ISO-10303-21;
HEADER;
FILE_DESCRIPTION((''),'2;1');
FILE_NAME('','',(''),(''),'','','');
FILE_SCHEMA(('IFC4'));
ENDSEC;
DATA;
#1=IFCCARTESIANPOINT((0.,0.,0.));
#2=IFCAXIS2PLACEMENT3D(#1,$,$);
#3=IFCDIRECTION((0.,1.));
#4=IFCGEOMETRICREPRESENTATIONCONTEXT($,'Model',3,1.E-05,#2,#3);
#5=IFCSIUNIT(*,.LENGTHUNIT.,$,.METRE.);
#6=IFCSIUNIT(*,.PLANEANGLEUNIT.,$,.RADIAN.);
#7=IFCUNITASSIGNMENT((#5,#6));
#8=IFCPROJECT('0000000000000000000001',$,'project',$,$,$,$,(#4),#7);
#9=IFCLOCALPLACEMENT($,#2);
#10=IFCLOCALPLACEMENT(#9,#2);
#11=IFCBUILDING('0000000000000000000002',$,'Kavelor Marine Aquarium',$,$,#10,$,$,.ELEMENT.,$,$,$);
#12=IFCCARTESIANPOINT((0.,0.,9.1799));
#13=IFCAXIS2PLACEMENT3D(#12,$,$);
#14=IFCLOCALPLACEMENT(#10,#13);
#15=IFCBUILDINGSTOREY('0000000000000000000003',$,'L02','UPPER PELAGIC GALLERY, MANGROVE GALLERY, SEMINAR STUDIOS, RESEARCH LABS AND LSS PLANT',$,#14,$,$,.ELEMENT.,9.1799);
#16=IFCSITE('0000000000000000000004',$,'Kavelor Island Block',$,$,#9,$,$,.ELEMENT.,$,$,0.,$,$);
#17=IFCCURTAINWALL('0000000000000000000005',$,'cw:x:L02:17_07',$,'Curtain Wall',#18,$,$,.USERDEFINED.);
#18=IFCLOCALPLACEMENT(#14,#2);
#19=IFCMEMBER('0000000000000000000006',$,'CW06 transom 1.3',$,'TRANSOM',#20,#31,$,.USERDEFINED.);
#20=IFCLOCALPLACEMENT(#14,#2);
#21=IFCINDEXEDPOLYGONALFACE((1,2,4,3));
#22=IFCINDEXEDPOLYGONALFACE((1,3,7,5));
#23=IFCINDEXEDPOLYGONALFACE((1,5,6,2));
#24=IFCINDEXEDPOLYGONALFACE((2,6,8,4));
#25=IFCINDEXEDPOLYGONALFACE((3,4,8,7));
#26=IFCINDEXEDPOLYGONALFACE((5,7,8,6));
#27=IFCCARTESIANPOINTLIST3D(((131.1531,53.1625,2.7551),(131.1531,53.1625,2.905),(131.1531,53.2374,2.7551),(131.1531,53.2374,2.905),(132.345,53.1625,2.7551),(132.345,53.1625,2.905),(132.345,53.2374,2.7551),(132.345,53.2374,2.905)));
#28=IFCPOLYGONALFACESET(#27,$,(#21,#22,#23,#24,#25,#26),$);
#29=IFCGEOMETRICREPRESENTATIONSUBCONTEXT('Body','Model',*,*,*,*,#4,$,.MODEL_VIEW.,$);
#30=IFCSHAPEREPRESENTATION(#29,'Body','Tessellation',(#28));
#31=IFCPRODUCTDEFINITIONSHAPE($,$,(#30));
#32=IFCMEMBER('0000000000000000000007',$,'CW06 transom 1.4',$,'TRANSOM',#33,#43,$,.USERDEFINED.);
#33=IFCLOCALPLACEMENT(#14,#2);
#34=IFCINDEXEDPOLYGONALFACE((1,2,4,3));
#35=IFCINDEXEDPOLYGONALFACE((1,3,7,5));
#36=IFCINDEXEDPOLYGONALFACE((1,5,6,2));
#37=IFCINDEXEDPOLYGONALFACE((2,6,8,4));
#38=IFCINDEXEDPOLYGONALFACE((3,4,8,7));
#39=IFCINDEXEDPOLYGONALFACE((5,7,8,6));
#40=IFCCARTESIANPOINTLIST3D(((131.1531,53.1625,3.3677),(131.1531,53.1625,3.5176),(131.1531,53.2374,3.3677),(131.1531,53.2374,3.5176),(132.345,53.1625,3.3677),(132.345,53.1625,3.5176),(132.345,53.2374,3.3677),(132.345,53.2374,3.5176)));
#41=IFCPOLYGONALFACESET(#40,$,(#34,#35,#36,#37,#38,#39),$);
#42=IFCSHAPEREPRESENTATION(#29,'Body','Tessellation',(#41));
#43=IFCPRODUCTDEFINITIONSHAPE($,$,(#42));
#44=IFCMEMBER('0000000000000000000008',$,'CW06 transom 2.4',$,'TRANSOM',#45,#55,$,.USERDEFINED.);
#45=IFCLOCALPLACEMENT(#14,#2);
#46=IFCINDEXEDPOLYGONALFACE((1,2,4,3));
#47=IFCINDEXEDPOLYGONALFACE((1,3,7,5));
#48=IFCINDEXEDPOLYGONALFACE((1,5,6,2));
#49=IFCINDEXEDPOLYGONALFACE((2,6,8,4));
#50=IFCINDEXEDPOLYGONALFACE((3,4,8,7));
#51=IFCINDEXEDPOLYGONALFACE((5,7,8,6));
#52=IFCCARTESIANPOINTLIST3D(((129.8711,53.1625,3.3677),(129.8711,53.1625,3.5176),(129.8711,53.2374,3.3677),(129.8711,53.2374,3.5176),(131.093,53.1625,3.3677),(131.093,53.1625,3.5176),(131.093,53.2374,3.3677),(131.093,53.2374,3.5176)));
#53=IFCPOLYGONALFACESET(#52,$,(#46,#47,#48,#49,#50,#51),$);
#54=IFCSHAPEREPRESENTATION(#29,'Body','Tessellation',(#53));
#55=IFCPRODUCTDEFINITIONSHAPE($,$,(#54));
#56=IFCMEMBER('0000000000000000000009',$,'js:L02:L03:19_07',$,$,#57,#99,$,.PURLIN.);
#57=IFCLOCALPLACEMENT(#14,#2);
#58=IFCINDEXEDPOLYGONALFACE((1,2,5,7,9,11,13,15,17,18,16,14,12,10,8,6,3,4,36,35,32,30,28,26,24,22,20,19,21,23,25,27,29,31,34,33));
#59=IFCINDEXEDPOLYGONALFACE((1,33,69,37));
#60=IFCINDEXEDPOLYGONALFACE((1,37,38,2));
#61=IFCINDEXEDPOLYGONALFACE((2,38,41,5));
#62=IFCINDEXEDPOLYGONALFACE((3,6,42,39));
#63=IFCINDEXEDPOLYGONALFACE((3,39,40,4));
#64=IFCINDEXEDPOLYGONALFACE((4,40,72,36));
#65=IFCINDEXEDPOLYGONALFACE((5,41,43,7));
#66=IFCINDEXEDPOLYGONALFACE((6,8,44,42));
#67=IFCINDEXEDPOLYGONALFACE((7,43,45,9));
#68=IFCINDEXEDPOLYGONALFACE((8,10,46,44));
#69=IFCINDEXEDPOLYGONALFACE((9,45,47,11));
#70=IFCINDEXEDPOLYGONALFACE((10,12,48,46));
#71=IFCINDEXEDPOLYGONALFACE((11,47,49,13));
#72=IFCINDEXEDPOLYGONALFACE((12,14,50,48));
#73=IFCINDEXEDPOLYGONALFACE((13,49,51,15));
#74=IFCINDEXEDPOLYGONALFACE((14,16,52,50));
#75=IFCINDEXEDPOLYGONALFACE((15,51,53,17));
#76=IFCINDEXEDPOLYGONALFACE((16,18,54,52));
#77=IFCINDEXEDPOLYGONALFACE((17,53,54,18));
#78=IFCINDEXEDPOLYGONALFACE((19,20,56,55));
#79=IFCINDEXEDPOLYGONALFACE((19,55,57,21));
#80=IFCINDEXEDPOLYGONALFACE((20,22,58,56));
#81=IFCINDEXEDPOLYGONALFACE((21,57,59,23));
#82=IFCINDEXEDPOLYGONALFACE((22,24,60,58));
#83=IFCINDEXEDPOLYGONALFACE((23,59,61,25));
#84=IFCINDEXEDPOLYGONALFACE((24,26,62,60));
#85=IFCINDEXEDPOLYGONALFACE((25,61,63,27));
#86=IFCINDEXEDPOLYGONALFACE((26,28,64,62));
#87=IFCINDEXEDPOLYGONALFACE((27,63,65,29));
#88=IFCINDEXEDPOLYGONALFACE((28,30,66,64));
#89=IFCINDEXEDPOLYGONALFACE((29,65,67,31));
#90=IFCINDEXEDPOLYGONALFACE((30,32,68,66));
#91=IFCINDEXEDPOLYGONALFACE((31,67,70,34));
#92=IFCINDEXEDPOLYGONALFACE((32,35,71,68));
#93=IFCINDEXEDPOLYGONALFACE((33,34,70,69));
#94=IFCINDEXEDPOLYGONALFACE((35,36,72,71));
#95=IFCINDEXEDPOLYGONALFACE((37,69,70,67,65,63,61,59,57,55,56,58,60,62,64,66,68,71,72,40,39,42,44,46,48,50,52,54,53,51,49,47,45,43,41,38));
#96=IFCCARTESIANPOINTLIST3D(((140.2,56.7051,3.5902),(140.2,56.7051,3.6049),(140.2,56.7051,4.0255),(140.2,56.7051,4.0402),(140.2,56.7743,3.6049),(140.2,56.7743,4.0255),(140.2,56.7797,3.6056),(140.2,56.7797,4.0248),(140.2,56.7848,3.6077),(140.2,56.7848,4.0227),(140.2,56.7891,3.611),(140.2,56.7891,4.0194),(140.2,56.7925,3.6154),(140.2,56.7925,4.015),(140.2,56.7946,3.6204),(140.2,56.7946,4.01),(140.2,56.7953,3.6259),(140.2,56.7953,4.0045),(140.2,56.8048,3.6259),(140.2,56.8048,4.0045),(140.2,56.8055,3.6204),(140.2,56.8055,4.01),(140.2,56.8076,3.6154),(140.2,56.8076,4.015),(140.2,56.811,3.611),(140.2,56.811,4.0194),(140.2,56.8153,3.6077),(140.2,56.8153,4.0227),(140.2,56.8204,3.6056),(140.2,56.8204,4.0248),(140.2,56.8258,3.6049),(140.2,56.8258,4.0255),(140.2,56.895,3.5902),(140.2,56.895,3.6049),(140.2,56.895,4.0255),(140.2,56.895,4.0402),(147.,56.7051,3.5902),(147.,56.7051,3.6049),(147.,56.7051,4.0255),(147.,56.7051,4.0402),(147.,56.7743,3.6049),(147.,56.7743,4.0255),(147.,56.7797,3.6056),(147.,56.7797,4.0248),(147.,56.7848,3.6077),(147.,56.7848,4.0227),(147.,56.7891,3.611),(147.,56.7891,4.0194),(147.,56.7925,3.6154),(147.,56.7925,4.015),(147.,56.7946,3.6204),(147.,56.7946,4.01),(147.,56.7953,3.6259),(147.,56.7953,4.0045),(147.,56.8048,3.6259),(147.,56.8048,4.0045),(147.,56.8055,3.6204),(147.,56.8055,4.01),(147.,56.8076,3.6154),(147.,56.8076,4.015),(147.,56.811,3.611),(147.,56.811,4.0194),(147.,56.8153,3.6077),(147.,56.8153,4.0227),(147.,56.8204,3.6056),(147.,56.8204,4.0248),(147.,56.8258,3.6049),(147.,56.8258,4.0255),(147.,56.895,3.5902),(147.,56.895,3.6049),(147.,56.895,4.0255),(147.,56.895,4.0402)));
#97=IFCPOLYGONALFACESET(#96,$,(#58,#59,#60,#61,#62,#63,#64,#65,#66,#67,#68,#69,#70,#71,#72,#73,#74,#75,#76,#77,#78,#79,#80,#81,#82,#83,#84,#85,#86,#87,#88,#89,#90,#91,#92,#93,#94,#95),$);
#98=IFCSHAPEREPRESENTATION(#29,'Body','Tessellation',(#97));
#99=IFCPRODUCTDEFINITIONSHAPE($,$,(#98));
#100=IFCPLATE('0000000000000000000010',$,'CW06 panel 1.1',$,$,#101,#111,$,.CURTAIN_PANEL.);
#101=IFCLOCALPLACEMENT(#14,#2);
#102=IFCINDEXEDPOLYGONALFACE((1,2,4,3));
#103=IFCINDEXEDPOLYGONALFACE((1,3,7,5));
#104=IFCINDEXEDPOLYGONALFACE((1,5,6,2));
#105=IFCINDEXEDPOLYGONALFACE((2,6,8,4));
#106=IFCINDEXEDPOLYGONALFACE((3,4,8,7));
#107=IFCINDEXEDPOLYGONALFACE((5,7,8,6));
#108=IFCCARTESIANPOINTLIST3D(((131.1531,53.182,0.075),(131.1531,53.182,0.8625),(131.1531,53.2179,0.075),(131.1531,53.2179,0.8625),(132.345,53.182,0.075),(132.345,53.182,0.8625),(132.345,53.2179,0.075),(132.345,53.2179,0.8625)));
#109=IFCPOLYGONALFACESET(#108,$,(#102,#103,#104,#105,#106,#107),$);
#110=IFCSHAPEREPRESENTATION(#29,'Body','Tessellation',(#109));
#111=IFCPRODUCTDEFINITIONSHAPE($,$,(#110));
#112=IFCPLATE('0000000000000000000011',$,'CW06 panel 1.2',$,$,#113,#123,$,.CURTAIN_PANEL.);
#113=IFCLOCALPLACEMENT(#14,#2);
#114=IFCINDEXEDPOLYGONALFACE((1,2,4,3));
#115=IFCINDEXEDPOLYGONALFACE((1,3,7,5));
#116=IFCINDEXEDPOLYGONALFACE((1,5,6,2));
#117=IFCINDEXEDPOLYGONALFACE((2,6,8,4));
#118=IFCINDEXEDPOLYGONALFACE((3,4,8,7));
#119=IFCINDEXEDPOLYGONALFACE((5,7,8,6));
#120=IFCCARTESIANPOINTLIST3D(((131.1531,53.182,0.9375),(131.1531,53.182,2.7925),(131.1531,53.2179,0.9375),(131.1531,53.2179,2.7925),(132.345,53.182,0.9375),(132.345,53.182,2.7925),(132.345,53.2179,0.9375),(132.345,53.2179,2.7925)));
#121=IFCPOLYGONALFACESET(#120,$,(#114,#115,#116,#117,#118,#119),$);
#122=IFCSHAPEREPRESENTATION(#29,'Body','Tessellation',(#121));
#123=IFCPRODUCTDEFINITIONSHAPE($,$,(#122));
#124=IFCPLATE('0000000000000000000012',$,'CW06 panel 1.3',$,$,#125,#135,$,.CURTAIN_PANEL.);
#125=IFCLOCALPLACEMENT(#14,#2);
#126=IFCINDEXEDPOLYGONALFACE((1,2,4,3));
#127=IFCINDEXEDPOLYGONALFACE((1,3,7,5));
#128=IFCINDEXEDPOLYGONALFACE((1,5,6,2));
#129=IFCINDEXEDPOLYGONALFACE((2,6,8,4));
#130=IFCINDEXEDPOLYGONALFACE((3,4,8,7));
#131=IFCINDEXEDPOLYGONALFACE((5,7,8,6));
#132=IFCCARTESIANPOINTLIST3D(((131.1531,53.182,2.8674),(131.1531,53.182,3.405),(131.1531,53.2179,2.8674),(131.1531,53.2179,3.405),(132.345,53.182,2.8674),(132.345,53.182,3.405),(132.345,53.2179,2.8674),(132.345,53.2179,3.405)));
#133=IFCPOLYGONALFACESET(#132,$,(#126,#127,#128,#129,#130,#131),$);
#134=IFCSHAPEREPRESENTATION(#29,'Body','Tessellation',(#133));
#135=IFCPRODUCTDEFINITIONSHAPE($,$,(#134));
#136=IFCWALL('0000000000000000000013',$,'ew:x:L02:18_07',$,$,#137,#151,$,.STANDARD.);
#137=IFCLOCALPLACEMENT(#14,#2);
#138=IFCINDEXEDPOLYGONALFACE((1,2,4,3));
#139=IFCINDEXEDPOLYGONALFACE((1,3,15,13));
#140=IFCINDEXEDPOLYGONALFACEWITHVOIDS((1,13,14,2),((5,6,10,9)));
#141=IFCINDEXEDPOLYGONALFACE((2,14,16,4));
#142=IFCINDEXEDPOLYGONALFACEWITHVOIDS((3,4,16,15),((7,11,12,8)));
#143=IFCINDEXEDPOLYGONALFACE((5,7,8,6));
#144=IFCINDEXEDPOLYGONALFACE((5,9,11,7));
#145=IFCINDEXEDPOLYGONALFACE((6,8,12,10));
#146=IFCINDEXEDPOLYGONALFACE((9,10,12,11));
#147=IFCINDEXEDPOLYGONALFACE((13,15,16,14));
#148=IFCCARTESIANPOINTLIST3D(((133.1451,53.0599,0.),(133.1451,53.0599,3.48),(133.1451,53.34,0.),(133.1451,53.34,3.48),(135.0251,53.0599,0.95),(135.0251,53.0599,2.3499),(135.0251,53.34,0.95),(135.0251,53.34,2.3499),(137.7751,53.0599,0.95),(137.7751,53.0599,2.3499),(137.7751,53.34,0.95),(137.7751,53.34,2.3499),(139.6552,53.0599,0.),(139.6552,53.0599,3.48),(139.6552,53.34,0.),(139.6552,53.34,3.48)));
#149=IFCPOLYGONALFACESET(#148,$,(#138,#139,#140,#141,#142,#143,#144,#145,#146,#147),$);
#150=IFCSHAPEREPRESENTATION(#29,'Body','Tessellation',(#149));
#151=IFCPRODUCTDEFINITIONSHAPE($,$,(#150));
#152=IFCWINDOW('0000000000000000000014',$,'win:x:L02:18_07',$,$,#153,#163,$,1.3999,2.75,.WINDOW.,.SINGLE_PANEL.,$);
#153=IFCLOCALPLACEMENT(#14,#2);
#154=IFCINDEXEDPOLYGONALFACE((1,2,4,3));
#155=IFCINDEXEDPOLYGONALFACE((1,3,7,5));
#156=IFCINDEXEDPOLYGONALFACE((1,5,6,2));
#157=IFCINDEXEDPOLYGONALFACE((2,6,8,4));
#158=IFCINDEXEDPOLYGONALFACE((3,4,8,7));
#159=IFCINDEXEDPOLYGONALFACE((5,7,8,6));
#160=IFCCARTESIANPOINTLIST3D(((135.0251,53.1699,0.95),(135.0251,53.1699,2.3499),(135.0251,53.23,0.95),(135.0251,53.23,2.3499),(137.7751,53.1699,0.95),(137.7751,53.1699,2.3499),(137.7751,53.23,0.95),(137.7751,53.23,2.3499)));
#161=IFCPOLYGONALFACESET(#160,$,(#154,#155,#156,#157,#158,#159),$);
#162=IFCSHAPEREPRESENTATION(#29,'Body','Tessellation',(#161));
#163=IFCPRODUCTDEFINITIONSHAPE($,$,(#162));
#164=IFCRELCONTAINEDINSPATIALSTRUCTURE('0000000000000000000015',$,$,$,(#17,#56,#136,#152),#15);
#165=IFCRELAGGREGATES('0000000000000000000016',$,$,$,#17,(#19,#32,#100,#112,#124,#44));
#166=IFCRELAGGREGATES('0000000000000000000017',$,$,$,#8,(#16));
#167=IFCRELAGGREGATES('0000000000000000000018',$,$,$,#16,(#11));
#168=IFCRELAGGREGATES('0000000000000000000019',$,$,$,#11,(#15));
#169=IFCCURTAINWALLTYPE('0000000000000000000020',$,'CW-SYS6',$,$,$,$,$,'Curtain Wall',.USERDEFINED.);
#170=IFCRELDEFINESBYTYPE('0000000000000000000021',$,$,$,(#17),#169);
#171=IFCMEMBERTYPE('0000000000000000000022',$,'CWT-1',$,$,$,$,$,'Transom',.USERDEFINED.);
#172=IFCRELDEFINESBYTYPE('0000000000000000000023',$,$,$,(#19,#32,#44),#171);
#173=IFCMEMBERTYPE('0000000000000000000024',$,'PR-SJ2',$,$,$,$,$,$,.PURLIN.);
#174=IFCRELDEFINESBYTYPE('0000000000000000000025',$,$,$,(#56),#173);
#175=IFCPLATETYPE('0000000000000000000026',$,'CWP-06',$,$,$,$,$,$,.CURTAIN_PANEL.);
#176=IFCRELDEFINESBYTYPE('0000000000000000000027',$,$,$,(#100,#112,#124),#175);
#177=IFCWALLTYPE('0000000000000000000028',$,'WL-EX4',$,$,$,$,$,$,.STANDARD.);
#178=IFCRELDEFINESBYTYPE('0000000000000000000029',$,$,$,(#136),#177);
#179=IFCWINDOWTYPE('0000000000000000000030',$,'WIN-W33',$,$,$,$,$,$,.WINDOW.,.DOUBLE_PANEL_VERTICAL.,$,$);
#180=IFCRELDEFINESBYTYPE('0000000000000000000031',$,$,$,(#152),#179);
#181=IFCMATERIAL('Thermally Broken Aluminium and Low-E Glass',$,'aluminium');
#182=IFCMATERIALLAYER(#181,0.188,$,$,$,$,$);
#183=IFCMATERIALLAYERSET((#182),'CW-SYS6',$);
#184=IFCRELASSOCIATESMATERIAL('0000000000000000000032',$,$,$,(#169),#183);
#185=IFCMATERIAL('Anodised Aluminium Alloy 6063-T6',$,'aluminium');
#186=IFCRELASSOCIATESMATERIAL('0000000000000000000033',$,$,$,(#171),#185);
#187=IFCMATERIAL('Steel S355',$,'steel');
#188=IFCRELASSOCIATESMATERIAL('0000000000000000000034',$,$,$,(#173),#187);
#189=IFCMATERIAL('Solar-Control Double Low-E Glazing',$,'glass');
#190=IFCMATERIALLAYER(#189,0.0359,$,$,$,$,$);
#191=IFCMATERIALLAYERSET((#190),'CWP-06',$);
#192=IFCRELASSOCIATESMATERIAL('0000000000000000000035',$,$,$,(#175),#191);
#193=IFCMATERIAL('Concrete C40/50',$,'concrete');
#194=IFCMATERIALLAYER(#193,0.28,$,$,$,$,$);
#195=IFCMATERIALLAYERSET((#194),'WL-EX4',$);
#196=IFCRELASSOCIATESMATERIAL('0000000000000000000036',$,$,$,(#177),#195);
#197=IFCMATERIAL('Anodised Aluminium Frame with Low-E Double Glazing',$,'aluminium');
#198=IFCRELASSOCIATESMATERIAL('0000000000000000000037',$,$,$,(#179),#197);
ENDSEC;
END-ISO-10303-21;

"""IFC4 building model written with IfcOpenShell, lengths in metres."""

from ifc_helpers import new_model, si_unit, direction, frame, frame_2d, origin, origin_2d, place, context, subcontext, project, spatial, rectangle, i_section, extrude, material, layer, layer_set, material_profile, profile_set, type_object, element, fill, aggregate, save


model = new_model("IFC4")

# Units and contexts
model_context = context("Model", 3, precision=1e-05, world=origin(), true_north=direction((0.0, 1.0)))
body_context = subcontext(model_context, "Body", "Model", "MODEL_VIEW")
ifc_project = project(units=[si_unit("LENGTHUNIT", "METRE"), si_unit("PLANEANGLEUNIT", "RADIAN")], contexts=[model_context])

# Site, building, storey
site_placement = place(None, origin())
site = spatial("IfcSite", under=ifc_project, at=site_placement, Name="Kavelor Island Block", CompositionType="ELEMENT", RefElevation=0.0)
building_placement = place(site_placement, origin())
building = spatial("IfcBuilding", under=site, at=building_placement, Name="Kavelor Marine Aquarium", CompositionType="ELEMENT")
storey_placement = place(building_placement, frame((0.0, 0.0, 9.1799)))
storey = spatial("IfcBuildingStorey", under=building, at=storey_placement, Name="L02", Description="UPPER PELAGIC GALLERY, MANGROVE GALLERY, SEMINAR STUDIOS, RESEARCH LABS AND LSS PLANT", CompositionType="ELEMENT", Elevation=9.1799)

# Curtain wall, members
ifc_material_1 = material(Name="Thermally Broken Aluminium and Low-E Glass", Category="aluminium")
ifc_layer_1 = layer(ifc_material_1, 0.188)
ifc_layer_set_1 = layer_set([ifc_layer_1], Name="CW-SYS6")
curtain_wall_type_1 = type_object("IfcCurtainWallType", Name="CW-SYS6", ElementType="Curtain Wall", PredefinedType="USERDEFINED", material=ifc_layer_set_1)
curtain_wall_1_placement = place(storey_placement, origin())
curtain_wall_1 = element("IfcCurtainWall", 1, at=curtain_wall_1_placement, inside=storey, type_object=curtain_wall_type_1, Name="cw:x:L02:17_07", ObjectType="Curtain Wall", PredefinedType="USERDEFINED")
ifc_material_2 = material(Name="Anodised Aluminium Alloy 6063-T6", Category="aluminium")
ifc_material_profile_1 = material_profile(ifc_material_2, rectangle(XDim=0.075, YDim=0.1499, at=origin_2d()), Name="CW-TRN 75x150")
ifc_profile_set_1 = profile_set([ifc_material_profile_1], Name="Anodised Aluminium Alloy 6063-T6")
member_type_1 = type_object("IfcMemberType", Name="CWT-1", ElementType="Transom", PredefinedType="USERDEFINED", material=ifc_profile_set_1)
member_1_placement = place(storey_placement, frame((132.345, 53.2, 2.8301), z_axis=(-1.0, 0.0, 0.0), x_axis=(0.0, -1.0, 0.0)))
member_1 = element("IfcMember", 2, at=member_1_placement, type_object=member_type_1, Name="CW06 transom 1.3", ObjectType="TRANSOM", PredefinedType="USERDEFINED", context=body_context, shape_type="SweptSolid", body=[
    extrude(rectangle(XDim=0.075, YDim=0.1499, at=origin_2d()), origin(), (0.0, 0.0, 1.0), 1.1919),
])
member_2_placement = place(storey_placement, frame((132.345, 53.2, 3.4426), z_axis=(-1.0, 0.0, 0.0), x_axis=(0.0, -1.0, 0.0)))
member_2 = element("IfcMember", 3, at=member_2_placement, type_object=member_type_1, Name="CW06 transom 1.4", ObjectType="TRANSOM", PredefinedType="USERDEFINED", context=body_context, shape_type="SweptSolid", body=[
    extrude(rectangle(XDim=0.075, YDim=0.1499, at=origin_2d()), origin(), (0.0, 0.0, 1.0), 1.1919),
])
member_3_placement = place(storey_placement, frame((131.093, 53.2, 3.4426), z_axis=(-1.0, 0.0, 0.0), x_axis=(0.0, -1.0, 0.0)))
member_3 = element("IfcMember", 4, at=member_3_placement, type_object=member_type_1, Name="CW06 transom 2.4", ObjectType="TRANSOM", PredefinedType="USERDEFINED", context=body_context, shape_type="SweptSolid", body=[
    extrude(rectangle(XDim=0.075, YDim=0.1499, at=origin_2d()), origin(), (0.0, 0.0, 1.0), 1.2219),
])

# Member
ifc_material_3 = material(Name="Steel S355", Category="steel")
ifc_material_profile_2 = material_profile(ifc_material_3, i_section(OverallWidth=0.1899, OverallDepth=0.45, WebThickness=0.0095, FlangeThickness=0.0146, FilletRadius=0.021, at=origin_2d()), Name="IPE 450")
ifc_profile_set_2 = profile_set([ifc_material_profile_2], Name="Steel S355")
member_type_2 = type_object("IfcMemberType", Name="PR-SJ2", PredefinedType="PURLIN", material=ifc_profile_set_2)
member_4_placement = place(storey_placement, frame((140.2, 56.8, 3.8152), z_axis=(1.0, 0.0, 0.0), x_axis=(0.0, 1.0, 0.0)))
element("IfcMember", 5, at=member_4_placement, inside=storey, type_object=member_type_2, Name="js:L02:L03:19_07", PredefinedType="PURLIN", context=body_context, shape_type="SweptSolid", body=[
    extrude(i_section(OverallWidth=0.1899, OverallDepth=0.45, WebThickness=0.0095, FlangeThickness=0.0146, FilletRadius=0.021, at=origin_2d()), origin(), (0.0, 0.0, 1.0), 6.8),
])

# Plates
ifc_material_4 = material(Name="Solar-Control Double Low-E Glazing", Category="glass")
ifc_layer_2 = layer(ifc_material_4, 0.0359)
ifc_layer_set_2 = layer_set([ifc_layer_2], Name="CWP-06")
plate_type = type_object("IfcPlateType", Name="CWP-06", PredefinedType="CURTAIN_PANEL", material=ifc_layer_set_2)
plate_1_placement = place(storey_placement, frame((131.749, 53.2, 0.075), z_axis=(0.0, 0.0, 1.0), x_axis=(-1.0, 0.0, 0.0)))
plate_1 = element("IfcPlate", 6, at=plate_1_placement, type_object=plate_type, Name="CW06 panel 1.1", PredefinedType="CURTAIN_PANEL", context=body_context, shape_type="SweptSolid", body=[
    extrude(rectangle(XDim=1.1919, YDim=0.0359, at=origin_2d()), origin(), (0.0, 0.0, 1.0), 0.7876),
])
plate_2_placement = place(storey_placement, frame((131.749, 53.2, 0.9375), z_axis=(0.0, 0.0, 1.0), x_axis=(-1.0, 0.0, 0.0)))
plate_2 = element("IfcPlate", 7, at=plate_2_placement, type_object=plate_type, Name="CW06 panel 1.2", PredefinedType="CURTAIN_PANEL", context=body_context, shape_type="SweptSolid", body=[
    extrude(rectangle(XDim=1.1919, YDim=0.0359, at=origin_2d()), origin(), (0.0, 0.0, 1.0), 1.855),
])
plate_3_placement = place(storey_placement, frame((131.749, 53.2, 2.8674), z_axis=(0.0, 0.0, 1.0), x_axis=(-1.0, 0.0, 0.0)))
plate_3 = element("IfcPlate", 8, at=plate_3_placement, type_object=plate_type, Name="CW06 panel 1.3", PredefinedType="CURTAIN_PANEL", context=body_context, shape_type="SweptSolid", body=[
    extrude(rectangle(XDim=1.1919, YDim=0.0359, at=origin_2d()), origin(), (0.0, 0.0, 1.0), 0.5376),
])
aggregate(curtain_wall_1, [member_1, member_2, plate_1, plate_2, plate_3, member_3])

# Wall, opening, window
ifc_material_5 = material(Name="Concrete C40/50", Category="concrete")
ifc_layer_3 = layer(ifc_material_5, 0.28)
ifc_layer_set_3 = layer_set([ifc_layer_3], Name="WL-EX4")
wall_type_1 = type_object("IfcWallType", Name="WL-EX4", PredefinedType="STANDARD", material=ifc_layer_set_3)
wall_1_placement = place(storey_placement, frame((139.655, 53.2, 0.0), z_axis=(0.0, 0.0, 1.0), x_axis=(-1.0, 0.0, 0.0)))
wall_1 = element("IfcWall", 9, at=wall_1_placement, inside=storey, type_object=wall_type_1, Name="ew:x:L02:18_07", PredefinedType="STANDARD", context=body_context, shape_type="SweptSolid", body=[
    extrude(rectangle(XDim=6.51, YDim=0.28, at=frame_2d((3.2549, 0.0))), origin(), (0.0, 0.0, 1.0), 3.48),
])
opening_1_placement = place(wall_1_placement, frame((1.8799, 0.0, 0.95)))
opening_1 = element("IfcOpeningElement", 10, at=opening_1_placement, cuts=wall_1, PredefinedType="OPENING", context=body_context, shape_type="SweptSolid", body=[
    extrude(rectangle(XDim=2.75, YDim=1.3999, at=frame_2d((1.375, 0.7))), frame((0.0, 0.1499, 0.0), z_axis=(0.0, -1.0, 0.0), x_axis=(1.0, 0.0, 0.0)), (0.0, 0.0, 1.0), 0.3),
])
ifc_material_6 = material(Name="Anodised Aluminium Frame with Low-E Double Glazing", Category="aluminium")
window_type = type_object("IfcWindowType", Name="WIN-W33", PartitioningType="DOUBLE_PANEL_VERTICAL", PredefinedType="WINDOW", material=ifc_material_6)
window_placement = place(opening_1_placement, origin())
window = element("IfcWindow", 11, at=window_placement, inside=storey, type_object=window_type, Name="win:x:L02:18_07", OverallHeight=1.3999, OverallWidth=2.75, PartitioningType="SINGLE_PANEL", PredefinedType="WINDOW", context=body_context, shape_type="SweptSolid", body=[
    extrude(rectangle(XDim=2.75, YDim=1.3999, at=frame_2d((1.375, 0.7))), frame((0.0, 0.03, 0.0), z_axis=(0.0, -1.0, 0.0), x_axis=(1.0, 0.0, 0.0)), (0.0, 0.0, 1.0), 0.0601),
])
fill(opening_1, window)

save(model, "model.ifc")
